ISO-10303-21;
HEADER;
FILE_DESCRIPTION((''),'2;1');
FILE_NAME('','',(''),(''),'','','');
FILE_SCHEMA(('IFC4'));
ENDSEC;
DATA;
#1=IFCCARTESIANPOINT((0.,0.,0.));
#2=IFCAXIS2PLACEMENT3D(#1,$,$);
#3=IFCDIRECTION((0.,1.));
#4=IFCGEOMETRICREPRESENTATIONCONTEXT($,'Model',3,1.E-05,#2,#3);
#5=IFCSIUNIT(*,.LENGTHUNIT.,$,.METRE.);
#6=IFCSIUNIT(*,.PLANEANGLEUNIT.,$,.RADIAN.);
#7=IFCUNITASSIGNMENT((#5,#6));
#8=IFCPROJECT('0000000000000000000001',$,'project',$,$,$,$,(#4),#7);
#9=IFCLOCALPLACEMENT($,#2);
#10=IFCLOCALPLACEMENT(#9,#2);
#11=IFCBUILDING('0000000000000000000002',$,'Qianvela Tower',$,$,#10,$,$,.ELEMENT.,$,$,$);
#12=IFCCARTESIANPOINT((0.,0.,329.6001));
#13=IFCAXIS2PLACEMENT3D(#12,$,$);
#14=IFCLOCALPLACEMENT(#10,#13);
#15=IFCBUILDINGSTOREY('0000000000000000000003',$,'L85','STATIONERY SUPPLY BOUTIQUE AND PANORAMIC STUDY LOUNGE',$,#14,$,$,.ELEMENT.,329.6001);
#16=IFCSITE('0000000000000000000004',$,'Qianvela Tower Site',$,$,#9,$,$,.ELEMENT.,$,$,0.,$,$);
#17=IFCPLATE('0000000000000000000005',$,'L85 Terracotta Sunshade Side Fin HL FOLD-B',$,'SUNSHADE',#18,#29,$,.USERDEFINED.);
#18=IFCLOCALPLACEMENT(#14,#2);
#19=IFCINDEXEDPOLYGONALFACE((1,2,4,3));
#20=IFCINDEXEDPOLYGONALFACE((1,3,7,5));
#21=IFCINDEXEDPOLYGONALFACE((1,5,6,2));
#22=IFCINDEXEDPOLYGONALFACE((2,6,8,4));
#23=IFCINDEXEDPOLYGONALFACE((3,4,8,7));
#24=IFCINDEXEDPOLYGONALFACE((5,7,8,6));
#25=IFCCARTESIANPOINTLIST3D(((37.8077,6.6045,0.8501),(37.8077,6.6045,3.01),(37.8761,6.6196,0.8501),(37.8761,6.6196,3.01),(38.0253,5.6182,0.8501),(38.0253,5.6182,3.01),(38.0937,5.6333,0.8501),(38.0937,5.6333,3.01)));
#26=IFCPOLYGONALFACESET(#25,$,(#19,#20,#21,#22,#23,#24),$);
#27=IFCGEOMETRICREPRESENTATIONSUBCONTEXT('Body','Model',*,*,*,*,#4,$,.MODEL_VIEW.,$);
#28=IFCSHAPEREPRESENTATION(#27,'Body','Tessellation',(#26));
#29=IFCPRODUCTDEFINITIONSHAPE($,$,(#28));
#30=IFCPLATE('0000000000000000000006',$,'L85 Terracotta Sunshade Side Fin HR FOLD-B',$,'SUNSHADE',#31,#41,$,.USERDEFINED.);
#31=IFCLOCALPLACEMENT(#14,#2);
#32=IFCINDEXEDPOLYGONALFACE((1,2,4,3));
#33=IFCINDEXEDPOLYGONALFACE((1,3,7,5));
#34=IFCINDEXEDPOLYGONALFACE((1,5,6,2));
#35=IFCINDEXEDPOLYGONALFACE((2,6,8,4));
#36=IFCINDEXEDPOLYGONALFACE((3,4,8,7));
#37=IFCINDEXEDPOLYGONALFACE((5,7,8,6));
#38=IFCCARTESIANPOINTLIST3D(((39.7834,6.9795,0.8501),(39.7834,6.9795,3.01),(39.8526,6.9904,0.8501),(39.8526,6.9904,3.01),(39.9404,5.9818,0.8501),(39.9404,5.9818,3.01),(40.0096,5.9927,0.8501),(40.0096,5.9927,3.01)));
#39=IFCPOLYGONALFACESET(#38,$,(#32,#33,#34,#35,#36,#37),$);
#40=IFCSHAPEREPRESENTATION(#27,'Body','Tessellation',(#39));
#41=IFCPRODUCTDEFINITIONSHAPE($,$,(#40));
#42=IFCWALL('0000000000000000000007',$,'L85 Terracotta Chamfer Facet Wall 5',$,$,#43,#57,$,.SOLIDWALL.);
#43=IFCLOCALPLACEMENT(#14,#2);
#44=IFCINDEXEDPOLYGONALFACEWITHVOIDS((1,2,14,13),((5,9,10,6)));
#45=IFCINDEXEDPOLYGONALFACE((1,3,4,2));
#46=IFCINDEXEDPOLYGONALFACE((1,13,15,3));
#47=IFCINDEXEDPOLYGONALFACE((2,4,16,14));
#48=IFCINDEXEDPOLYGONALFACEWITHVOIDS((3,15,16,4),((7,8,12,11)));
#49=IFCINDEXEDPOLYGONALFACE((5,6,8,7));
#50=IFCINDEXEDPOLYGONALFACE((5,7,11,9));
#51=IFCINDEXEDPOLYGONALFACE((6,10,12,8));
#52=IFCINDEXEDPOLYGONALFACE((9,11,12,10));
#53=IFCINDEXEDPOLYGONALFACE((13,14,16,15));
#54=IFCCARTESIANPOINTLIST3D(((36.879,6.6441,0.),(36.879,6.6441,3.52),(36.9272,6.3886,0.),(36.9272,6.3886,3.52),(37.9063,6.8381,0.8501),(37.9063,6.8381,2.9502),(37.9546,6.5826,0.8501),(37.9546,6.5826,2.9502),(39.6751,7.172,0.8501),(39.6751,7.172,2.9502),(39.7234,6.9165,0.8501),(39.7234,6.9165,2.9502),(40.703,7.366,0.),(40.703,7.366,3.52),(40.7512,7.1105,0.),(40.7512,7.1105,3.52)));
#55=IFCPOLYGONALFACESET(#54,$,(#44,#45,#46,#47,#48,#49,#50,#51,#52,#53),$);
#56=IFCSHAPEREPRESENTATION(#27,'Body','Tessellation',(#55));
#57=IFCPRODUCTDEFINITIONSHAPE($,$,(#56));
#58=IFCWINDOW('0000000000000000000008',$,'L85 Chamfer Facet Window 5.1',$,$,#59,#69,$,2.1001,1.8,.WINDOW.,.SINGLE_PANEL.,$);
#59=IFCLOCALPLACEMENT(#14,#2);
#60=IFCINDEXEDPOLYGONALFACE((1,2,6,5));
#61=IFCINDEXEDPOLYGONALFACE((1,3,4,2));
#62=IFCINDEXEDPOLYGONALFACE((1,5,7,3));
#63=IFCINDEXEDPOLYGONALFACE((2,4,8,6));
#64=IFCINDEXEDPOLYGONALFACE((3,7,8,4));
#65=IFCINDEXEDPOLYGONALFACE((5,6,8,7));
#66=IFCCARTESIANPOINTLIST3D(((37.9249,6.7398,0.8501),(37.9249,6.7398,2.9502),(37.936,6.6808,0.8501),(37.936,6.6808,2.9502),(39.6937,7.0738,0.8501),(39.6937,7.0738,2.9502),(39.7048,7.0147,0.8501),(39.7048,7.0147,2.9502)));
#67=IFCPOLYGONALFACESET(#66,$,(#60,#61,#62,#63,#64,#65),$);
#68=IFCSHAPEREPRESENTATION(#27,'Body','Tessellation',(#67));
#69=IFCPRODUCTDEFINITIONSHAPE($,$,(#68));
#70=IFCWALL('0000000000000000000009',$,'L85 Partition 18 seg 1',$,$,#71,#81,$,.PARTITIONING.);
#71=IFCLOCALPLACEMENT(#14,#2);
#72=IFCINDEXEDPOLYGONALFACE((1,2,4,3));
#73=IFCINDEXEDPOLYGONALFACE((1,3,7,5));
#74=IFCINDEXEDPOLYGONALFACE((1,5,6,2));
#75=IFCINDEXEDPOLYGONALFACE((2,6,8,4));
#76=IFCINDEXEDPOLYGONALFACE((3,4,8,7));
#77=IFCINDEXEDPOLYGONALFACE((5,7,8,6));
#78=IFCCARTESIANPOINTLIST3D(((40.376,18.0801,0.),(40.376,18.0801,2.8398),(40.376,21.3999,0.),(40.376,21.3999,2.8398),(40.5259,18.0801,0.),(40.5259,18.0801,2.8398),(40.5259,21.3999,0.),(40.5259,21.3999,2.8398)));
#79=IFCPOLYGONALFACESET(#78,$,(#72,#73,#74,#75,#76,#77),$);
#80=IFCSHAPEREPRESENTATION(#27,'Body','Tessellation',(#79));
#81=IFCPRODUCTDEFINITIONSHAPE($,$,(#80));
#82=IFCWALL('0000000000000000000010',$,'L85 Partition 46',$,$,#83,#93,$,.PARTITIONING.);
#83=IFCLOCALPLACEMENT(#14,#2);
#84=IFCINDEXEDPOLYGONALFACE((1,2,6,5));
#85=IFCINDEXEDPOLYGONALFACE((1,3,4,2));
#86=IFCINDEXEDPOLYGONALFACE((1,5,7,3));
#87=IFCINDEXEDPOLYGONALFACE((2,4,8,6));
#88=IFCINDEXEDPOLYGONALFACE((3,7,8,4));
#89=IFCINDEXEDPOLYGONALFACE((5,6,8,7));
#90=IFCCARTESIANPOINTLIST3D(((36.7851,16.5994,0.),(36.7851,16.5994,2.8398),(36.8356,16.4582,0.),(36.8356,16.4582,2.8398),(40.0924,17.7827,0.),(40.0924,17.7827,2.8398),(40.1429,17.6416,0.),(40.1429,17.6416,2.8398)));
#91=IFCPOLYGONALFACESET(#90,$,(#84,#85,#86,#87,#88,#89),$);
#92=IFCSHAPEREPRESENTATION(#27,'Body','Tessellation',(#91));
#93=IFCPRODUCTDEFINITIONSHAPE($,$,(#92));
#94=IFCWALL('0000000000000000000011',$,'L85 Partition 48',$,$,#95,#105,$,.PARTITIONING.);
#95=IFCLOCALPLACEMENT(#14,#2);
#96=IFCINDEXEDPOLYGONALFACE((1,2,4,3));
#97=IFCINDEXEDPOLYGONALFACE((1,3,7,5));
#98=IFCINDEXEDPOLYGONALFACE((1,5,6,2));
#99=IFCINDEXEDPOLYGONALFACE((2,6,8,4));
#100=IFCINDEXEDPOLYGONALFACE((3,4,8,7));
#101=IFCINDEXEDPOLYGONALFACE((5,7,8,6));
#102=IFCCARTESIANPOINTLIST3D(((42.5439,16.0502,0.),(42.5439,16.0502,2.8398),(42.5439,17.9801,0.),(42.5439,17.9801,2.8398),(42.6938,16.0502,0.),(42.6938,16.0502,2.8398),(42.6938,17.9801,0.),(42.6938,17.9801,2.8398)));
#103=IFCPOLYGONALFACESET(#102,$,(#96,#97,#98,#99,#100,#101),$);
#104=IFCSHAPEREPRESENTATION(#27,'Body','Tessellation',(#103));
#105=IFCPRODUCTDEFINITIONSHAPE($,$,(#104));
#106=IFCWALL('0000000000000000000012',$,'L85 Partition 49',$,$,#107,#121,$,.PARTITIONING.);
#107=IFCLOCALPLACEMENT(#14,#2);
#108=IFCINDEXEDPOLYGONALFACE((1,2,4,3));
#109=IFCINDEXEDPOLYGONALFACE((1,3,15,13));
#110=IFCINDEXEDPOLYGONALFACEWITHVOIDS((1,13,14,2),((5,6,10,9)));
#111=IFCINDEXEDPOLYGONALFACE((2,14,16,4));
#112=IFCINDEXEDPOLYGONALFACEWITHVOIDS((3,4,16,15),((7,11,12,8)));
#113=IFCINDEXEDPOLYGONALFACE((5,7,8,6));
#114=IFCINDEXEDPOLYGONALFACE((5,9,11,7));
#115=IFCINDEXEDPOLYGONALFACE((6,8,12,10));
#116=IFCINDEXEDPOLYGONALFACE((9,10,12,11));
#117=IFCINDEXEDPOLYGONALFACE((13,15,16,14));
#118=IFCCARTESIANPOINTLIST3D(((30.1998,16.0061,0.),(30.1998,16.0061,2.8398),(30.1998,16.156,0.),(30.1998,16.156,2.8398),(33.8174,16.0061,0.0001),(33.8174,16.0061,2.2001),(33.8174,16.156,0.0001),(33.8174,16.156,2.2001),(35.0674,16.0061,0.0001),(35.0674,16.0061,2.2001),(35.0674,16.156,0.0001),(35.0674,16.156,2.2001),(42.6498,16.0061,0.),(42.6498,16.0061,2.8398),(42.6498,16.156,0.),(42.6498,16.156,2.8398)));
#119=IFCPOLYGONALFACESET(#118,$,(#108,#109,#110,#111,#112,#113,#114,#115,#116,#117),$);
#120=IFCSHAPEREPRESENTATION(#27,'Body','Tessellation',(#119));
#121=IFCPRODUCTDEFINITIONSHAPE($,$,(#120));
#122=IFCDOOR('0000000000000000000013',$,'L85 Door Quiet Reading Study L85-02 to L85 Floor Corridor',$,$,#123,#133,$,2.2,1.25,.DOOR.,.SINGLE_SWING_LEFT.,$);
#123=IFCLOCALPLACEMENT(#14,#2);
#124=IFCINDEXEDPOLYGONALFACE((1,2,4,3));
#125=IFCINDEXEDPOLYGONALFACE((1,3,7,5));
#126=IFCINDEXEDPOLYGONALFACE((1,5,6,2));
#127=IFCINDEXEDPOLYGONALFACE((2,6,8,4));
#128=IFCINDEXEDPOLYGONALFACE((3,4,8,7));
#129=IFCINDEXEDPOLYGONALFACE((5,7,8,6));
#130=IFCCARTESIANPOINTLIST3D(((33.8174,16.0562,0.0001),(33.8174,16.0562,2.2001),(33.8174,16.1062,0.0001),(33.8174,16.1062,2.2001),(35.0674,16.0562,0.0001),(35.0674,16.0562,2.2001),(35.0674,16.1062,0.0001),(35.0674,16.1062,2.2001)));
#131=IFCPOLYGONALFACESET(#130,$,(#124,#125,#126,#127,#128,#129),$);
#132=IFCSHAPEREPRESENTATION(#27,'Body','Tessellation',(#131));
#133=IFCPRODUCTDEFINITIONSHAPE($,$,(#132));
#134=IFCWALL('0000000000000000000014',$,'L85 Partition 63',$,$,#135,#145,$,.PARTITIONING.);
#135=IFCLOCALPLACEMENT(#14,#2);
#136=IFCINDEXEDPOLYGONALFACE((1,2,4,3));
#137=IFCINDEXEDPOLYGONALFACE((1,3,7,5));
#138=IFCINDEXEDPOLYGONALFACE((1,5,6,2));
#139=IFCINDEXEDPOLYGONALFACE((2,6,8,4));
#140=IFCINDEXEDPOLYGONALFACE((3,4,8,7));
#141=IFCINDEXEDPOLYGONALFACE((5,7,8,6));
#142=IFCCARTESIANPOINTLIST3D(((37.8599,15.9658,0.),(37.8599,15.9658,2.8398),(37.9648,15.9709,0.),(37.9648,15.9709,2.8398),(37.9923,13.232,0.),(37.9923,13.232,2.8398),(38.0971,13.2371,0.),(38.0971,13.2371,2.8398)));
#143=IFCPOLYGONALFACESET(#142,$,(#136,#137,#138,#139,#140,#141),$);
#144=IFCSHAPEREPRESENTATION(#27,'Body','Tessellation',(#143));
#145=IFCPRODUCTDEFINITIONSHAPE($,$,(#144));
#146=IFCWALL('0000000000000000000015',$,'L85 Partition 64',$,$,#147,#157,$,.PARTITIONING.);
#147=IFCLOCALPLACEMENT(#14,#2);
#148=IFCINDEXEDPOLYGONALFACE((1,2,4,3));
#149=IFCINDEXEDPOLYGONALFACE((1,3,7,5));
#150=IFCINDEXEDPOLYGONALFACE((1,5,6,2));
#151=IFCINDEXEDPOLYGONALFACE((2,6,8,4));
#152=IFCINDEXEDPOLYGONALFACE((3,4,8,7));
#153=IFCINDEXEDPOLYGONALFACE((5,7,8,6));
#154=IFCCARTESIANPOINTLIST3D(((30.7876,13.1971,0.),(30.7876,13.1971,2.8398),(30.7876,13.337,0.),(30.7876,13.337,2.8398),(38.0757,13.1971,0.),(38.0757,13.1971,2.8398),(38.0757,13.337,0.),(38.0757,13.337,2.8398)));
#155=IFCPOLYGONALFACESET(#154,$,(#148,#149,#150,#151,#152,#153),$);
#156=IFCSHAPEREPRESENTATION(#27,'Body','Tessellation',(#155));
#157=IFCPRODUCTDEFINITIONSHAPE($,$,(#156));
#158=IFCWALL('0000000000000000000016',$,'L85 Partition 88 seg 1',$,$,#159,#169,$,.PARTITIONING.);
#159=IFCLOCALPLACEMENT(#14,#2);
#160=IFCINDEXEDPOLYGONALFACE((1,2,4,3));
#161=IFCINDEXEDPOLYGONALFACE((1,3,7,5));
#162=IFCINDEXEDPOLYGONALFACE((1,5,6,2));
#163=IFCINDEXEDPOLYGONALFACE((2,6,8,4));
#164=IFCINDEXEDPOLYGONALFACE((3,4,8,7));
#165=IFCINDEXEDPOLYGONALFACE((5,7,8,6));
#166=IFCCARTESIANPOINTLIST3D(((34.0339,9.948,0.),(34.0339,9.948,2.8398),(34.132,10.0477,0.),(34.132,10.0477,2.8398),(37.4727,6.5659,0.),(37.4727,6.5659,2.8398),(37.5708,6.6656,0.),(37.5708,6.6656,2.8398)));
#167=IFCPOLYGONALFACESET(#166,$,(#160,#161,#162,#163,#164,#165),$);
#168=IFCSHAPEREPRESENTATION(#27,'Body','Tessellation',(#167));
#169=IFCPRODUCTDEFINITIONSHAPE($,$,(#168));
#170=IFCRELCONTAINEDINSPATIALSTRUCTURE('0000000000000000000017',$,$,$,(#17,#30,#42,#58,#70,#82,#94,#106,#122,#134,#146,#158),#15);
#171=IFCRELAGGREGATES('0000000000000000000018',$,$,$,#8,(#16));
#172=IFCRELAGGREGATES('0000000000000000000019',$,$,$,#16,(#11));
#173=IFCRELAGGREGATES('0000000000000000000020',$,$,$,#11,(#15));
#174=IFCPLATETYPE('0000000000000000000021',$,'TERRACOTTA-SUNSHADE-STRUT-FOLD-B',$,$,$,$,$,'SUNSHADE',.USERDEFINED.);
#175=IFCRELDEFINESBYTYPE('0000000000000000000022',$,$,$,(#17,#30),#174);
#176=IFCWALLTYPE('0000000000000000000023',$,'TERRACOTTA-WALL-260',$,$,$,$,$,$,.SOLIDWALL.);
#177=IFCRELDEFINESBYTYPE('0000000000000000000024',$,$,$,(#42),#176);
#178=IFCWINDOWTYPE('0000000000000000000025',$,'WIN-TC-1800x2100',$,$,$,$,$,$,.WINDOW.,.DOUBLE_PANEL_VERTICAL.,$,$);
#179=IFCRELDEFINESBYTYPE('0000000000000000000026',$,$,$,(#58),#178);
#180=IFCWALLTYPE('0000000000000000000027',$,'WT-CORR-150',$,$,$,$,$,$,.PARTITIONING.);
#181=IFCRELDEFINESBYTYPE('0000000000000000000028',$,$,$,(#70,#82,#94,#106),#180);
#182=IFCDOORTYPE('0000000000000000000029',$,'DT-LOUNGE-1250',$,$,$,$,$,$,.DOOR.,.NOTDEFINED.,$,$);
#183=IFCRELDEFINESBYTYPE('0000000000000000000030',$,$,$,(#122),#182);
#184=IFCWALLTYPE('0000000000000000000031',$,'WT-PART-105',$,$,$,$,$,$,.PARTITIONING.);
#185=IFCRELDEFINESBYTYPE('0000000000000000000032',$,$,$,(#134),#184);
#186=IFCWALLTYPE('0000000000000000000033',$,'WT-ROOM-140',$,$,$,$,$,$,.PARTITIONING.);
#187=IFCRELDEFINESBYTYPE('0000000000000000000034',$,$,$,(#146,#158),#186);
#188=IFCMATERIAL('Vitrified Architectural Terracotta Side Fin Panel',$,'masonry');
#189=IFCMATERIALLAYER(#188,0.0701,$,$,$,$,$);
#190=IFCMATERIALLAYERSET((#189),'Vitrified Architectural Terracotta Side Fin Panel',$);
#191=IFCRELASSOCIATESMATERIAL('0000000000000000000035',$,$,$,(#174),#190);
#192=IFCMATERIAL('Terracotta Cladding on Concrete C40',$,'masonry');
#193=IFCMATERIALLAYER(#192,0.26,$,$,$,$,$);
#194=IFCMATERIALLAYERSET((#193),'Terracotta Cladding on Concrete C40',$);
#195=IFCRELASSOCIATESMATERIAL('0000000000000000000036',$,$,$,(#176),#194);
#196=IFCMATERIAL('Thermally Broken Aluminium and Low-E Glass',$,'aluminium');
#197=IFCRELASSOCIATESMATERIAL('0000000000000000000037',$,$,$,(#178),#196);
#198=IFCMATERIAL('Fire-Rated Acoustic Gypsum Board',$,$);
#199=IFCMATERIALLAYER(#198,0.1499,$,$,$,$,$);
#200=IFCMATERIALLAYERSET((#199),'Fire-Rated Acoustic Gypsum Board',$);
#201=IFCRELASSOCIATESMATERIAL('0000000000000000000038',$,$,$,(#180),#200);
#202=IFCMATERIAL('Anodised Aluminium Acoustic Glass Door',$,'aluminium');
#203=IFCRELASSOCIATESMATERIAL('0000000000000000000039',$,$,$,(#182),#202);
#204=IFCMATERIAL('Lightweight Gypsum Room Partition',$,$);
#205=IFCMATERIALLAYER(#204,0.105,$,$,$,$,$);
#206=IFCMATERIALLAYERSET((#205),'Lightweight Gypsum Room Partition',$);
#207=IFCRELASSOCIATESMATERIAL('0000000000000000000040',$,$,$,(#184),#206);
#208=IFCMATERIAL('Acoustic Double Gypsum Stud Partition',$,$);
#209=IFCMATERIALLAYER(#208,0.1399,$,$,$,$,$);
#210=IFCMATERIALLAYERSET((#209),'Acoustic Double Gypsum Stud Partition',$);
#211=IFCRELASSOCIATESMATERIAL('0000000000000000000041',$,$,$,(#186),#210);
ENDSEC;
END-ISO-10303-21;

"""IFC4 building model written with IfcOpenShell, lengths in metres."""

from ifc_helpers import new_model, si_unit, direction, frame, frame_2d, origin, origin_2d, place, context, subcontext, project, spatial, rectangle, extrude, material, layer, layer_set, type_object, element, fill, save


model = new_model("IFC4")

# Units and contexts
model_context = context("Model", 3, precision=1e-05, world=origin(), true_north=direction((0.0, 1.0)))
body_context = subcontext(model_context, "Body", "Model", "MODEL_VIEW")
ifc_project = project(units=[si_unit("LENGTHUNIT", "METRE"), si_unit("PLANEANGLEUNIT", "RADIAN")], contexts=[model_context])

# Site, building, storey
site_placement = place(None, origin())
site = spatial("IfcSite", under=ifc_project, at=site_placement, Name="Qianvela Tower Site", CompositionType="ELEMENT", RefElevation=0.0)
building_placement = place(site_placement, origin())
building = spatial("IfcBuilding", under=site, at=building_placement, Name="Qianvela Tower", CompositionType="ELEMENT")
storey_placement = place(building_placement, frame((0.0, 0.0, 329.6001)))
storey = spatial("IfcBuildingStorey", under=building, at=storey_placement, Name="L85", Description="STATIONERY SUPPLY BOUTIQUE AND PANORAMIC STUDY LOUNGE", CompositionType="ELEMENT", Elevation=329.6001)

# Plates
ifc_material_1 = material(Name="Vitrified Architectural Terracotta Side Fin Panel", Category="masonry")
ifc_layer_1 = layer(ifc_material_1, 0.0701)
ifc_layer_set_1 = layer_set([ifc_layer_1], Name="Vitrified Architectural Terracotta Side Fin Panel")
plate_type_1 = type_object("IfcPlateType", Name="TERRACOTTA-SUNSHADE-STRUT-FOLD-B", ElementType="SUNSHADE", PredefinedType="USERDEFINED", material=ifc_layer_set_1)
for number, where, z_axis, x_axis, name in (
    (1, (37.9507, 6.1189, 0.8501), (0.0, 0.0, 1.0), (0.976508, 0.21548, 0.0), "L85 Terracotta Sunshade Side Fin HL FOLD-B"),
    (2, (39.8965, 6.4861, 0.8501), (0.0, 0.0, 1.0), (0.987842, 0.155464, 0.0), "L85 Terracotta Sunshade Side Fin HR FOLD-B"),
):
    element("IfcPlate", number, at=place(storey_placement, frame(where, z_axis=z_axis, x_axis=x_axis)), inside=storey, type_object=plate_type_1, Name=name, ObjectType="SUNSHADE", PredefinedType="USERDEFINED", context=body_context, shape_type="SweptSolid", body=[
        extrude(rectangle(XDim=0.0701, YDim=1.01, at=origin_2d()), origin(), (0.0, 0.0, 1.0), 2.1599),
    ])

# Wall, opening, window
ifc_material_2 = material(Name="Terracotta Cladding on Concrete C40", Category="masonry")
ifc_layer_2 = layer(ifc_material_2, 0.26)
ifc_layer_set_2 = layer_set([ifc_layer_2], Name="Terracotta Cladding on Concrete C40")
wall_type_1 = type_object("IfcWallType", Name="TERRACOTTA-WALL-260", PredefinedType="SOLIDWALL", material=ifc_layer_set_2)
wall_1_placement = place(storey_placement, frame((36.9031, 6.5164, 0.0), z_axis=(0.0, 0.0, 1.0), x_axis=(0.982642, 0.185512, 0.0)))
wall_1 = element("IfcWall", 3, at=wall_1_placement, inside=storey, type_object=wall_type_1, Name="L85 Terracotta Chamfer Facet Wall 5", PredefinedType="SOLIDWALL", context=body_context, shape_type="SweptSolid", body=[
    extrude(rectangle(XDim=3.8916, YDim=0.26, at=frame_2d((1.9458, 0.0))), origin(), (0.0, 0.0, 1.0), 3.52),
])
opening_1_placement = place(wall_1_placement, frame((1.0457, 0.0, 0.8501)))
opening_1 = element("IfcOpeningElement", 4, at=opening_1_placement, cuts=wall_1, PredefinedType="OPENING", context=body_context, shape_type="SweptSolid", body=[
    extrude(rectangle(XDim=1.8, YDim=2.1001, at=frame_2d((0.8999, 1.05))), frame((0.0, 0.1399, 0.0), z_axis=(0.0, -1.0, 0.0), x_axis=(1.0, 0.0, 0.0)), (0.0, 0.0, 1.0), 0.28),
])
ifc_material_3 = material(Name="Thermally Broken Aluminium and Low-E Glass", Category="aluminium")
window_type = type_object("IfcWindowType", Name="WIN-TC-1800x2100", PartitioningType="DOUBLE_PANEL_VERTICAL", PredefinedType="WINDOW", material=ifc_material_3)
window_placement = place(opening_1_placement, origin())
window = element("IfcWindow", 5, at=window_placement, inside=storey, type_object=window_type, Name="L85 Chamfer Facet Window 5.1", OverallHeight=2.1001, OverallWidth=1.8, PartitioningType="SINGLE_PANEL", PredefinedType="WINDOW", context=body_context, shape_type="SweptSolid", body=[
    extrude(rectangle(XDim=1.8, YDim=2.1001, at=frame_2d((0.8999, 1.05))), frame((0.0, 0.03, 0.0), z_axis=(0.0, -1.0, 0.0), x_axis=(1.0, 0.0, 0.0)), (0.0, 0.0, 1.0), 0.0601),
])
fill(opening_1, window)

# Shared definitions
ifc_material_4 = material(Name="Fire-Rated Acoustic Gypsum Board")
ifc_layer_3 = layer(ifc_material_4, 0.1499)
ifc_layer_set_3 = layer_set([ifc_layer_3], Name="Fire-Rated Acoustic Gypsum Board")
wall_type_2 = type_object("IfcWallType", Name="WT-CORR-150", PredefinedType="PARTITIONING", material=ifc_layer_set_3)

# Walls
wall_2_placement = place(storey_placement, frame((40.4509, 18.0801, 0.0), z_axis=(0.0, 0.0, 1.0), x_axis=(0.0, 1.0, 0.0)))
element("IfcWall", 6, at=wall_2_placement, inside=storey, type_object=wall_type_2, Name="L85 Partition 18 seg 1", PredefinedType="PARTITIONING", context=body_context, shape_type="SweptSolid", body=[
    extrude(rectangle(XDim=3.3198, YDim=0.1499, at=frame_2d((1.6599, 0.0))), origin(), (0.0, 0.0, 1.0), 2.8398),
])
wall_3_placement = place(storey_placement, frame((36.8103, 16.5288, 0.0), z_axis=(0.0, 0.0, 1.0), x_axis=(0.941548, 0.336878, 0.0)))
element("IfcWall", 7, at=wall_3_placement, inside=storey, type_object=wall_type_2, Name="L85 Partition 46", PredefinedType="PARTITIONING", context=body_context, shape_type="SweptSolid", body=[
    extrude(rectangle(XDim=3.5127, YDim=0.1499, at=frame_2d((1.7563, 0.0))), origin(), (0.0, 0.0, 1.0), 2.8398),
])
wall_4_placement = place(storey_placement, frame((42.6189, 17.98, 0.0), z_axis=(0.0, 0.0, 1.0), x_axis=(0.0, -1.0, 0.0)))
element("IfcWall", 8, at=wall_4_placement, inside=storey, type_object=wall_type_2, Name="L85 Partition 48", PredefinedType="PARTITIONING", context=body_context, shape_type="SweptSolid", body=[
    extrude(rectangle(XDim=1.9299, YDim=0.1499, at=frame_2d((0.9648, 0.0))), origin(), (0.0, 0.0, 1.0), 2.8398),
])

# Wall, opening, door
wall_5_placement = place(storey_placement, frame((42.6499, 16.0811, 0.0), z_axis=(0.0, 0.0, 1.0), x_axis=(-1.0, 0.0, 0.0)))
wall_5 = element("IfcWall", 9, at=wall_5_placement, inside=storey, type_object=wall_type_2, Name="L85 Partition 49", PredefinedType="PARTITIONING", context=body_context, shape_type="SweptSolid", body=[
    extrude(rectangle(XDim=12.45, YDim=0.1499, at=frame_2d((6.2251, 0.0))), origin(), (0.0, 0.0, 1.0), 2.8398),
])
opening_2_placement = place(wall_5_placement, frame((7.5825, 0.0, 0.0)))
opening_2 = element("IfcOpeningElement", 10, at=opening_2_placement, cuts=wall_5, PredefinedType="OPENING", context=body_context, shape_type="SweptSolid", body=[
    extrude(rectangle(XDim=1.25, YDim=2.2, at=frame_2d((0.625, 1.1001))), frame((0.0, 0.085, 0.0), z_axis=(0.0, -1.0, 0.0), x_axis=(1.0, 0.0, 0.0)), (0.0, 0.0, 1.0), 0.1699),
])
ifc_material_5 = material(Name="Anodised Aluminium Acoustic Glass Door", Category="aluminium")
door_type_1 = type_object("IfcDoorType", Name="DT-LOUNGE-1250", OperationType="NOTDEFINED", PredefinedType="DOOR", material=ifc_material_5)
door_1_placement = place(opening_2_placement, origin())
door_1 = element("IfcDoor", 11, at=door_1_placement, inside=storey, type_object=door_type_1, Name="L85 Door Quiet Reading Study L85-02 to L85 Floor Corridor", OperationType="SINGLE_SWING_LEFT", OverallHeight=2.2, OverallWidth=1.25, PredefinedType="DOOR", context=body_context, shape_type="SweptSolid", body=[
    extrude(rectangle(XDim=1.25, YDim=2.2, at=frame_2d((0.625, 1.1001))), frame((0.0, 0.0249, 0.0), z_axis=(0.0, -1.0, 0.0), x_axis=(1.0, 0.0, 0.0)), (0.0, 0.0, 1.0), 0.05),
])
fill(opening_2, door_1)

# Walls
ifc_material_6 = material(Name="Lightweight Gypsum Room Partition")
ifc_layer_4 = layer(ifc_material_6, 0.105)
ifc_layer_set_4 = layer_set([ifc_layer_4], Name="Lightweight Gypsum Room Partition")
wall_type_3 = type_object("IfcWallType", Name="WT-PART-105", PredefinedType="PARTITIONING", material=ifc_layer_set_4)
wall_6_placement = place(storey_placement, frame((37.9124, 15.9685, 0.0), z_axis=(0.0, 0.0, 1.0), x_axis=(0.048345, -0.998831, 0.0)))
element("IfcWall", 12, at=wall_6_placement, inside=storey, type_object=wall_type_3, Name="L85 Partition 63", PredefinedType="PARTITIONING", context=body_context, shape_type="SweptSolid", body=[
    extrude(rectangle(XDim=2.7371, YDim=0.105, at=frame_2d((1.3687, 0.0))), origin(), (0.0, 0.0, 1.0), 2.8398),
])
ifc_material_7 = material(Name="Acoustic Double Gypsum Stud Partition")
ifc_layer_5 = layer(ifc_material_7, 0.1399)
ifc_layer_set_5 = layer_set([ifc_layer_5], Name="Acoustic Double Gypsum Stud Partition")
wall_type_4 = type_object("IfcWallType", Name="WT-ROOM-140", PredefinedType="PARTITIONING", material=ifc_layer_set_5)
wall_7_placement = place(storey_placement, frame((38.0757, 13.2671, 0.0), z_axis=(0.0, 0.0, 1.0), x_axis=(-1.0, 0.0, 0.0)))
element("IfcWall", 13, at=wall_7_placement, inside=storey, type_object=wall_type_4, Name="L85 Partition 64", PredefinedType="PARTITIONING", context=body_context, shape_type="SweptSolid", body=[
    extrude(rectangle(XDim=7.2881, YDim=0.1399, at=frame_2d((3.644, 0.0))), origin(), (0.0, 0.0, 1.0), 2.8398),
])
wall_8_placement = place(storey_placement, frame((37.5217, 6.6157, 0.0), z_axis=(0.0, 0.0, 1.0), x_axis=(-0.712954, 0.701211, 0.0)))
element("IfcWall", 14, at=wall_8_placement, inside=storey, type_object=wall_type_4, Name="L85 Partition 88 seg 1", PredefinedType="PARTITIONING", context=body_context, shape_type="SweptSolid", body=[
    extrude(rectangle(XDim=4.8232, YDim=0.1399, at=frame_2d((2.4116, 0.0))), origin(), (0.0, 0.0, 1.0), 2.8398),
])

save(model, "model.ifc")
